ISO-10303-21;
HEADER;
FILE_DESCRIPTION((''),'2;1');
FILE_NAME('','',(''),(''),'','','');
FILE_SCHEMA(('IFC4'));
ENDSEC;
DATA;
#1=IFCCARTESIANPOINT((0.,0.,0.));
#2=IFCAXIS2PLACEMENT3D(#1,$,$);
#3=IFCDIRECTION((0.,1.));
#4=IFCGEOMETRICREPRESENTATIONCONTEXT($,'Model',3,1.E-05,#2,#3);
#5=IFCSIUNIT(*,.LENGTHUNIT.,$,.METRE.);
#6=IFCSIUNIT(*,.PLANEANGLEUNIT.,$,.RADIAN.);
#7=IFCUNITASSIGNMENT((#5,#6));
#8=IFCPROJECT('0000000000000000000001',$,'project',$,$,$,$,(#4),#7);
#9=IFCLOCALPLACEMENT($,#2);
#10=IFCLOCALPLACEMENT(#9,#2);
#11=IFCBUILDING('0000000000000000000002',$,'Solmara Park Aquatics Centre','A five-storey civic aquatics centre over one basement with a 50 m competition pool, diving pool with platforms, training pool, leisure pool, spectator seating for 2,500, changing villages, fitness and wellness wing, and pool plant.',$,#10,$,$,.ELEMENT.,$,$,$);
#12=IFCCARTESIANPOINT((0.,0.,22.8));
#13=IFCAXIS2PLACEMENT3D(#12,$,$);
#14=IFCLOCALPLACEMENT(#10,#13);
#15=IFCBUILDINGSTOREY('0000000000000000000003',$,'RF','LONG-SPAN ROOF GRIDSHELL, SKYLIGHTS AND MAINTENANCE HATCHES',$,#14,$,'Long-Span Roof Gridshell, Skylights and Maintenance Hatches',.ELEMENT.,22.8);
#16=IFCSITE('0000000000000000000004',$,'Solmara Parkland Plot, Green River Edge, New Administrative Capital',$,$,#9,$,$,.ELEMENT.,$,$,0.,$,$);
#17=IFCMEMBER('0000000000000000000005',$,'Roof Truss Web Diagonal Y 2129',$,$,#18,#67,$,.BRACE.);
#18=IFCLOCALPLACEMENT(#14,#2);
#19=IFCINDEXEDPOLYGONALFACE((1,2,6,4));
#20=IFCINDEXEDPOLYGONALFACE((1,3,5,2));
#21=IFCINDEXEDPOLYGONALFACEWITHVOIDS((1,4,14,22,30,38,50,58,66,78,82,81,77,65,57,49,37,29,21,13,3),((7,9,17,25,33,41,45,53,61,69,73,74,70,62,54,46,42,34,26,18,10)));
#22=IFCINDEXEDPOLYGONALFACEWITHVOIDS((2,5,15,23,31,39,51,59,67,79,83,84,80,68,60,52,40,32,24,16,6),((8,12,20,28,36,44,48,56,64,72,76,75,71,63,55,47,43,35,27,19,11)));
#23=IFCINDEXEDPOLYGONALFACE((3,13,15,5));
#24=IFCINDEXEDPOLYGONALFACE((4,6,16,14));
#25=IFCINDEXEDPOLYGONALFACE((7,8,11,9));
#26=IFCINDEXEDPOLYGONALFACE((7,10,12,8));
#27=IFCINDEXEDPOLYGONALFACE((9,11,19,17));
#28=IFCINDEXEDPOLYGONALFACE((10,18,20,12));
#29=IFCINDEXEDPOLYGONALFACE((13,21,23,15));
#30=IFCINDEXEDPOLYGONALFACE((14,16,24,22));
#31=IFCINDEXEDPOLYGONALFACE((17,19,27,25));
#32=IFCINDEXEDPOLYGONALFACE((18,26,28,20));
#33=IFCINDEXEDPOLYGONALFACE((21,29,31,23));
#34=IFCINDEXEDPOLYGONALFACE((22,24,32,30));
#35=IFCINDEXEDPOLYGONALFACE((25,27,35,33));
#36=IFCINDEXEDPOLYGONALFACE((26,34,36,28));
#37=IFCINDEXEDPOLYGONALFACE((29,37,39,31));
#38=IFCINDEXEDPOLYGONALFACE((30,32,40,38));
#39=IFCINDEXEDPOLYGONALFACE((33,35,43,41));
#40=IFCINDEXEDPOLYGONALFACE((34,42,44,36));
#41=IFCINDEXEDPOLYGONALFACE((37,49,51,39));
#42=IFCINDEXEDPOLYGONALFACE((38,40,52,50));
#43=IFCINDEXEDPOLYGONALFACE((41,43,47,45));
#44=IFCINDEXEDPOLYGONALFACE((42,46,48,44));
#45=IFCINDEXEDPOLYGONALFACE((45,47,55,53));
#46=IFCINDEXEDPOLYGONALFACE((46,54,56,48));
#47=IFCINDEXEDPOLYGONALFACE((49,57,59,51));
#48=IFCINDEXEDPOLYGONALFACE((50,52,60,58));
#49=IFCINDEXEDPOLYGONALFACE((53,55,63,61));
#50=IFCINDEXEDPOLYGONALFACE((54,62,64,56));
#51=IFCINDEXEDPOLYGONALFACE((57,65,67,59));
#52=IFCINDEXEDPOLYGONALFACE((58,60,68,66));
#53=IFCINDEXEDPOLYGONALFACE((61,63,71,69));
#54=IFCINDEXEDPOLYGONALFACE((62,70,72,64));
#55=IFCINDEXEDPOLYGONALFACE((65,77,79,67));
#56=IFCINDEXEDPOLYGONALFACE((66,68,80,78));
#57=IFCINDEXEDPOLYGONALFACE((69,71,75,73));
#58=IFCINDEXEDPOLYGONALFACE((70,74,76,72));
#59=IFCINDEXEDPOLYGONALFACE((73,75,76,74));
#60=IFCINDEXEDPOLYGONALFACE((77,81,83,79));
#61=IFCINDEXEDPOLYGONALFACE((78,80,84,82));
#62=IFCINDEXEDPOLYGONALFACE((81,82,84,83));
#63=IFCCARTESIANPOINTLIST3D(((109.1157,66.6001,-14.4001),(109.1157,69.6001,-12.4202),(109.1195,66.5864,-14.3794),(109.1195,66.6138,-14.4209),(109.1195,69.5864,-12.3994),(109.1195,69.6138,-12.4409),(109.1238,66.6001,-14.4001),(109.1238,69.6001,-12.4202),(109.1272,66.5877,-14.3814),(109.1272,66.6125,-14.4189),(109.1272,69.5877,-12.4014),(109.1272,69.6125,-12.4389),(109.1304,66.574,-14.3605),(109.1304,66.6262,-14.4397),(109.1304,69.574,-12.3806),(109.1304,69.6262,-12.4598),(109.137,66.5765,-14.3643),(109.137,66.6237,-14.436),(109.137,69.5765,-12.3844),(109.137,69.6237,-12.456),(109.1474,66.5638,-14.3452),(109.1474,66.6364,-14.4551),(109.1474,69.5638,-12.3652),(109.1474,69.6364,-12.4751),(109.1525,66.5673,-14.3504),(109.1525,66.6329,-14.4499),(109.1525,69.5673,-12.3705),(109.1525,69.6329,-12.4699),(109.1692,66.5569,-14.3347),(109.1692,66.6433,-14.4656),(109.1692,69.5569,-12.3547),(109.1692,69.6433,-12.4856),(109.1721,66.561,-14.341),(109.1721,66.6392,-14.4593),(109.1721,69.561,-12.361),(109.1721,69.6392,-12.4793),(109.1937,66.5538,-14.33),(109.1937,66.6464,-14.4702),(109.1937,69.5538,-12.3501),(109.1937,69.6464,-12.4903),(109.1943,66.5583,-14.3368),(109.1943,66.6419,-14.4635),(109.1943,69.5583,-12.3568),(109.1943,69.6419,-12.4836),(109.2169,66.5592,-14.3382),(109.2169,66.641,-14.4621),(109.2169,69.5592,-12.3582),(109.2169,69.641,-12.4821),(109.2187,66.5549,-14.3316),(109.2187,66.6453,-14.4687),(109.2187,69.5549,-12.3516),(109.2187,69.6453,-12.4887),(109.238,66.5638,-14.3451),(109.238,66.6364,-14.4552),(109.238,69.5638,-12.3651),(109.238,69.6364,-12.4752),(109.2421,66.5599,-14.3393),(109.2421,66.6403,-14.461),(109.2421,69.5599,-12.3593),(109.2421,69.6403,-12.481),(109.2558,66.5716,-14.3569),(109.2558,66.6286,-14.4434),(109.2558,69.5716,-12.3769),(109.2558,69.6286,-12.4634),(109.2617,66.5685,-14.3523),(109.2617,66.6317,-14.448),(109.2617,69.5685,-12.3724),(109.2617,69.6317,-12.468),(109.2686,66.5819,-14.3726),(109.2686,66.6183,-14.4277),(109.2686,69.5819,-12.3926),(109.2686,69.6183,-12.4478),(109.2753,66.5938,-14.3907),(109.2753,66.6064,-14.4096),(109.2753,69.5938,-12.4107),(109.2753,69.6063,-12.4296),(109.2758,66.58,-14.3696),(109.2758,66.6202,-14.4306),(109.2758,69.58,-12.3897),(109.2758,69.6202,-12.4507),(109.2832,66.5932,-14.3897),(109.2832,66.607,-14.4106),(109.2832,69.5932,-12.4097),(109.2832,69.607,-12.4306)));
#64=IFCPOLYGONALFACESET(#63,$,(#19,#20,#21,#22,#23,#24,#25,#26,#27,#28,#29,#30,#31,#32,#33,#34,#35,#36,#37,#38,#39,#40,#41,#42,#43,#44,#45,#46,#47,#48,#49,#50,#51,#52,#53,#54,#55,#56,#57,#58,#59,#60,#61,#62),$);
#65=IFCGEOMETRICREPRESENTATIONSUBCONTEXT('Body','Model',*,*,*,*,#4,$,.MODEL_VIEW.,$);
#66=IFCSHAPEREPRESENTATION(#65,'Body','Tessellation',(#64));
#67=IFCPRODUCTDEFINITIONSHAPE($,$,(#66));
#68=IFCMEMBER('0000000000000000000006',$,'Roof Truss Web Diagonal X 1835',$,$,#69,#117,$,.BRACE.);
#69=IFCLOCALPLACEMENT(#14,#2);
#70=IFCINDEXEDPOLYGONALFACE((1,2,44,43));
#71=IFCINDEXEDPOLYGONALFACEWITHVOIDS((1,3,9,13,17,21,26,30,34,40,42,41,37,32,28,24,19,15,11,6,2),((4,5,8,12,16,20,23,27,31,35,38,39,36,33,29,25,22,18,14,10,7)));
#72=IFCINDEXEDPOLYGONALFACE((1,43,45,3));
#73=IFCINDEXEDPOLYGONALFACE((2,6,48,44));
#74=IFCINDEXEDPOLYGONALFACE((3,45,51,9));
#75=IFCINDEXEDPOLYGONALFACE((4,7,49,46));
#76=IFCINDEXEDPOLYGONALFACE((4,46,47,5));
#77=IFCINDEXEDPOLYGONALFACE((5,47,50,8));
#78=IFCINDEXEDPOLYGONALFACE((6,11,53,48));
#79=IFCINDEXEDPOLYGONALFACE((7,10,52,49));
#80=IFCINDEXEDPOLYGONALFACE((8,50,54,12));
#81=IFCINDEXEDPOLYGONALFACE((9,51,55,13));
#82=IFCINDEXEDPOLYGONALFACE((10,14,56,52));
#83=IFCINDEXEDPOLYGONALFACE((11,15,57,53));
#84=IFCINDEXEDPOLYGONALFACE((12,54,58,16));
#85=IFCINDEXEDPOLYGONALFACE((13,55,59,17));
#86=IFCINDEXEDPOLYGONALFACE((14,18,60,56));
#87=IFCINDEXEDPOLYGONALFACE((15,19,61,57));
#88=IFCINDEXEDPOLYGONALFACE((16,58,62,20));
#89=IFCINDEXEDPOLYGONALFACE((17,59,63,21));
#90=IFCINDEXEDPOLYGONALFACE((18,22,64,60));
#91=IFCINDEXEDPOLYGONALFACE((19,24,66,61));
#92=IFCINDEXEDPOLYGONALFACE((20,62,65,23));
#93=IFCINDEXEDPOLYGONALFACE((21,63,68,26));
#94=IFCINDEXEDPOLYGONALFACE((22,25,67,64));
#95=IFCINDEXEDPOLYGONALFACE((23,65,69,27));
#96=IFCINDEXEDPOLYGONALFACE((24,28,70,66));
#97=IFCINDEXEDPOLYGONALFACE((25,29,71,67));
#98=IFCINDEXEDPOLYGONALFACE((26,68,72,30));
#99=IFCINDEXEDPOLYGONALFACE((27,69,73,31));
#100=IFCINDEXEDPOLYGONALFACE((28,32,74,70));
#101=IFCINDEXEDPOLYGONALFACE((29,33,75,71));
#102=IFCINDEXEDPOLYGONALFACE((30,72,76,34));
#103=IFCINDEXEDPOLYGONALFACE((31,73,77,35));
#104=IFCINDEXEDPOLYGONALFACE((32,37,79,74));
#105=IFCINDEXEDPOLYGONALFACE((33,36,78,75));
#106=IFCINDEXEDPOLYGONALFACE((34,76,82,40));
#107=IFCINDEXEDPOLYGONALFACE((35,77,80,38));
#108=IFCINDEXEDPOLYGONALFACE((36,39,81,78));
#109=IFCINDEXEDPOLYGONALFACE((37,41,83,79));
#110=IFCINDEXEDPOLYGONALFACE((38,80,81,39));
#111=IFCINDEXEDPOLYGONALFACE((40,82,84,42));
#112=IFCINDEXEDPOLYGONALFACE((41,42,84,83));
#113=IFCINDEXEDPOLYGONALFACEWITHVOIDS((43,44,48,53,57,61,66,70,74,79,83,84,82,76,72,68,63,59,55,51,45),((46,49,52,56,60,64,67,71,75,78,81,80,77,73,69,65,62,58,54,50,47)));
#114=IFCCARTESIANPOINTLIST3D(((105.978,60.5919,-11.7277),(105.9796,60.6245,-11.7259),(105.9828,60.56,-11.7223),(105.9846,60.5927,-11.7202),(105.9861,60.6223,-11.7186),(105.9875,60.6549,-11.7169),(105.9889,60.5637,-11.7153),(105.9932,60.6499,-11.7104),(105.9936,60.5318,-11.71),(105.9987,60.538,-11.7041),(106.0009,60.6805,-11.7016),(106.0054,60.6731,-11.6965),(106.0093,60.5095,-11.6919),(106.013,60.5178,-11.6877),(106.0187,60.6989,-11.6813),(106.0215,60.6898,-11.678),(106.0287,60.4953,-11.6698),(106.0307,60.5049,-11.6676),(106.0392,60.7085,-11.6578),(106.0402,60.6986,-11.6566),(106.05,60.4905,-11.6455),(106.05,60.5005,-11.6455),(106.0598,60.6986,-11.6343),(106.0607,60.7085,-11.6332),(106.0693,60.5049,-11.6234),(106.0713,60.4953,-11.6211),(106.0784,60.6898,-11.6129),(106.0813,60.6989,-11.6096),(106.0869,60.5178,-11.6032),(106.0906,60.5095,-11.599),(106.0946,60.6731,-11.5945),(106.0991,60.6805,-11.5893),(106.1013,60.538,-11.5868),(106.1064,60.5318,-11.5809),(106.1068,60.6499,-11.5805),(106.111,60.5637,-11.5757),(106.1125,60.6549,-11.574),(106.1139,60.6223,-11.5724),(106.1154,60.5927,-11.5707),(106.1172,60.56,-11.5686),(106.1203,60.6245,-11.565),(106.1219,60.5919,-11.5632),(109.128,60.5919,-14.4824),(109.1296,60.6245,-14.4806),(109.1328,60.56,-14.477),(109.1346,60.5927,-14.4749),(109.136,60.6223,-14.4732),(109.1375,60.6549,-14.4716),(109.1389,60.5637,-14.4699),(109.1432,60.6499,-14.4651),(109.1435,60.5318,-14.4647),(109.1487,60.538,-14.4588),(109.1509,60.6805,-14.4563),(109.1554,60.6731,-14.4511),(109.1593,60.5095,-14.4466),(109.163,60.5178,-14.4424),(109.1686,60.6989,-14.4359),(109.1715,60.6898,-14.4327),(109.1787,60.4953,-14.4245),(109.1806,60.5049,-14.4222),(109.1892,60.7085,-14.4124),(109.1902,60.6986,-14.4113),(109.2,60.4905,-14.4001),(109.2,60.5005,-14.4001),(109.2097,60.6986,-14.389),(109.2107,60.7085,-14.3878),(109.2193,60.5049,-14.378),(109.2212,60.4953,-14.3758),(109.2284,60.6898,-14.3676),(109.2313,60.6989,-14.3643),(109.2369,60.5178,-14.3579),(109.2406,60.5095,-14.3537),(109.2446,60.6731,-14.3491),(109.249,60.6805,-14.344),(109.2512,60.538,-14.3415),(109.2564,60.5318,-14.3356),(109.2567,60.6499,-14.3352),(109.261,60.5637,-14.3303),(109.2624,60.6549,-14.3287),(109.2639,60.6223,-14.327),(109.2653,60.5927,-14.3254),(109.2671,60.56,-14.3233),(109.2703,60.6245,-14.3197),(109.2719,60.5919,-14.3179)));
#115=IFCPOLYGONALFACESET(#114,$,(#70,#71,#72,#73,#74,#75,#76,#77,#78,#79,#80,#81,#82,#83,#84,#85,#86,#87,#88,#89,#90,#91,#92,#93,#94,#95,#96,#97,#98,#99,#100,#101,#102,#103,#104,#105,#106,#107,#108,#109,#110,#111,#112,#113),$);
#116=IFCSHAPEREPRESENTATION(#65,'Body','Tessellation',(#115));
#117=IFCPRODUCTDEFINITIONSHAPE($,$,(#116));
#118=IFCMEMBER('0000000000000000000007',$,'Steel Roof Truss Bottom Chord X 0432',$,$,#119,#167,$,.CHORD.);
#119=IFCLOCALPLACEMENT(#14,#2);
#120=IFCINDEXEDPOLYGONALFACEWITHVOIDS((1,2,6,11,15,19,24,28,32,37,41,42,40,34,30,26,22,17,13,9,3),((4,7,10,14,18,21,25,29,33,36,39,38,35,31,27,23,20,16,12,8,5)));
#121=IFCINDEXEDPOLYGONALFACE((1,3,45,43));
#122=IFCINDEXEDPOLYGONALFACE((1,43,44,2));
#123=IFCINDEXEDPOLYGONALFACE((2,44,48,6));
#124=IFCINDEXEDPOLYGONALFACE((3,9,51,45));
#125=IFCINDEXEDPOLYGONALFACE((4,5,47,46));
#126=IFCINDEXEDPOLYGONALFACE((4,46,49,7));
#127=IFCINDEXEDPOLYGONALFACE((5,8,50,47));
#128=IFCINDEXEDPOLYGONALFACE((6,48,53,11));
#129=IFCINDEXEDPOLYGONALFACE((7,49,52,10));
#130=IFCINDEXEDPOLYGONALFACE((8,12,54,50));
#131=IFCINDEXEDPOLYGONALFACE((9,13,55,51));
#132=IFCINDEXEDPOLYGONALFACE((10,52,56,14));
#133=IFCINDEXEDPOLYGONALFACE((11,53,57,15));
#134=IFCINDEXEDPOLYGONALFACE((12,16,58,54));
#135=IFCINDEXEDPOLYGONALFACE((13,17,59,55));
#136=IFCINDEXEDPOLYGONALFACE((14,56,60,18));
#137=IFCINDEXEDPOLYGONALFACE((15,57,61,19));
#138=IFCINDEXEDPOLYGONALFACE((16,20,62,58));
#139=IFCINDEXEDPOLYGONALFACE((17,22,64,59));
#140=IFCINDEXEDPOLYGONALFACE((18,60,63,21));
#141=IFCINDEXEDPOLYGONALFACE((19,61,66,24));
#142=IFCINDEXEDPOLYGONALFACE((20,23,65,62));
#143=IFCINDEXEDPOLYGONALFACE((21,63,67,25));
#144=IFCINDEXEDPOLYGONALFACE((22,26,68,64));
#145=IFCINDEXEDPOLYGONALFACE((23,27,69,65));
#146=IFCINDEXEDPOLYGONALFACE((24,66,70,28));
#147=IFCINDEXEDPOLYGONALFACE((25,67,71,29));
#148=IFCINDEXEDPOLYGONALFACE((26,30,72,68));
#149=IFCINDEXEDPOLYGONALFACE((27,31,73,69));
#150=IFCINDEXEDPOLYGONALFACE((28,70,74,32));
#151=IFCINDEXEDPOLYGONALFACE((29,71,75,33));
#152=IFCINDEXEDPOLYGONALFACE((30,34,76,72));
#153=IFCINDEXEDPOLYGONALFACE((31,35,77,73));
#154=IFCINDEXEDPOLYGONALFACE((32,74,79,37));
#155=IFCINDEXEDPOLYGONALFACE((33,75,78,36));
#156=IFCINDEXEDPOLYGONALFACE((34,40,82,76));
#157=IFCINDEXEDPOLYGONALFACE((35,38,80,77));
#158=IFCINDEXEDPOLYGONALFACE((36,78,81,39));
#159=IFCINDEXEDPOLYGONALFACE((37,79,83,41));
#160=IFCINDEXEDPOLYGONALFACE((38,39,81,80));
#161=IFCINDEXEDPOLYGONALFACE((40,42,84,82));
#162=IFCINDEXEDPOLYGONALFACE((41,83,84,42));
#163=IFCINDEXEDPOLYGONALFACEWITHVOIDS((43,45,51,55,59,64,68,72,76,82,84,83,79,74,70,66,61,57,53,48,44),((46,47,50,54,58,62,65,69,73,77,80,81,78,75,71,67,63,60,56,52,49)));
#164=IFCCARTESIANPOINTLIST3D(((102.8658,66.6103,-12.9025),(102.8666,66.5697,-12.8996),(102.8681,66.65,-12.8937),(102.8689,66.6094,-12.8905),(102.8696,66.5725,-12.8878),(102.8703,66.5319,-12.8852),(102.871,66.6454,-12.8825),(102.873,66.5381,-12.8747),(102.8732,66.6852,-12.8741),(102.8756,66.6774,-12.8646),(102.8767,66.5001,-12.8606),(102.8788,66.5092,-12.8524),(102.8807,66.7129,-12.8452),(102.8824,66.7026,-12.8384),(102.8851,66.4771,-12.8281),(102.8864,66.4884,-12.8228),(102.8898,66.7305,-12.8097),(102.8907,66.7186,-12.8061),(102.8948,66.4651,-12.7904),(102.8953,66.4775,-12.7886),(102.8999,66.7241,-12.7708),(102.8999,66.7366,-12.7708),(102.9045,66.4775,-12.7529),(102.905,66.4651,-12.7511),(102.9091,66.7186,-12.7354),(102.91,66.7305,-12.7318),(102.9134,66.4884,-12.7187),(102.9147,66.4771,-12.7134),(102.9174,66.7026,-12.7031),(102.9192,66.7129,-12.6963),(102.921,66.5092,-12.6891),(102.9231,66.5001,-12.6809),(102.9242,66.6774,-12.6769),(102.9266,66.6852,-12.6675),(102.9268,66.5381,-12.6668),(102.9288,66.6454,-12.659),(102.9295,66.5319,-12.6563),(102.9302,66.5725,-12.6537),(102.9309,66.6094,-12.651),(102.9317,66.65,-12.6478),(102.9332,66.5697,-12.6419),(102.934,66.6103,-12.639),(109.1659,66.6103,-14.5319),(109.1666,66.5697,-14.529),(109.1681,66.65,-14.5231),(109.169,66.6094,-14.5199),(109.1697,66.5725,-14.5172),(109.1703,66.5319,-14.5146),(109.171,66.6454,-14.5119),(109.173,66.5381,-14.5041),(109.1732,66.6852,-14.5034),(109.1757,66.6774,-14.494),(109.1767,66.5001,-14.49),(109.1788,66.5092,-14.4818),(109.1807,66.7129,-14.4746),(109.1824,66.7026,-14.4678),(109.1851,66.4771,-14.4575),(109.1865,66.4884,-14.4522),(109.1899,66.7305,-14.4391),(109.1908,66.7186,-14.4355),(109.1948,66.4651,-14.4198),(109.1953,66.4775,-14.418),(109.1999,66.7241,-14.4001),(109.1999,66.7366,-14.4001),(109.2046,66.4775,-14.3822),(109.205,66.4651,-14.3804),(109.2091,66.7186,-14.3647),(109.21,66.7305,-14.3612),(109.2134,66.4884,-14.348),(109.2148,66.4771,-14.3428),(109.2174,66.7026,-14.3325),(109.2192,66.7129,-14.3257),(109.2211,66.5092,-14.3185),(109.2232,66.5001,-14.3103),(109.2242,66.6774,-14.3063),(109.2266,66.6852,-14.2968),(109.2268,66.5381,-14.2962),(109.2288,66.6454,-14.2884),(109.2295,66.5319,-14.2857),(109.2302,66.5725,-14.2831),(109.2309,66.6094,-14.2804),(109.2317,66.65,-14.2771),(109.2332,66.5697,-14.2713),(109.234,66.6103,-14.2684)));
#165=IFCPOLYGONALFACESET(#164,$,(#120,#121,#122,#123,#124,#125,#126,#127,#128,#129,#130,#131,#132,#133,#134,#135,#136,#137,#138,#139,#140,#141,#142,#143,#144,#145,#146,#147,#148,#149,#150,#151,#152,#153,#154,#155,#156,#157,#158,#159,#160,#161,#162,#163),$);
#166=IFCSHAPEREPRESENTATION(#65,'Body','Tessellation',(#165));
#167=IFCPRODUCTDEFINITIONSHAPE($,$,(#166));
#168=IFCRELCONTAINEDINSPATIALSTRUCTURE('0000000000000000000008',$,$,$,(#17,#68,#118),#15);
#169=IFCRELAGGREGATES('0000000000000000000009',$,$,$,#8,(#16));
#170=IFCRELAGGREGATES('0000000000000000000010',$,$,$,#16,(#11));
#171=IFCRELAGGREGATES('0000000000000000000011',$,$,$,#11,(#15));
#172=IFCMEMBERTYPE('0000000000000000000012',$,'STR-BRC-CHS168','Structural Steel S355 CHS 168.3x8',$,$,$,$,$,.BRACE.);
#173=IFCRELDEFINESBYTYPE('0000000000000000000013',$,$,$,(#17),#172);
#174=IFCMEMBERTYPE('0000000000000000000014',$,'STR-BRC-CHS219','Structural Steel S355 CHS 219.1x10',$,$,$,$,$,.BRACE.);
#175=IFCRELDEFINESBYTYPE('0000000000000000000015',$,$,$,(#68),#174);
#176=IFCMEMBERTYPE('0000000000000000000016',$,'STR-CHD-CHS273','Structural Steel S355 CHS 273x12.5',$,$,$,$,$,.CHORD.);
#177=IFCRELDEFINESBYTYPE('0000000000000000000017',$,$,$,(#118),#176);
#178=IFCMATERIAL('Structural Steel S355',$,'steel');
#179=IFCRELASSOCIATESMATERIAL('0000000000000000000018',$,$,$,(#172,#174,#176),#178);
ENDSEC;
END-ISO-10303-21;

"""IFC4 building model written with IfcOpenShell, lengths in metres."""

from ifc_helpers import new_model, si_unit, direction, frame, origin, origin_2d, place, context, subcontext, project, spatial, hollow_circle, extrude, material, material_profile, profile_set, type_object, element, save


model = new_model("IFC4")

# Units and contexts
model_context = context("Model", 3, precision=1e-05, world=origin(), true_north=direction((0.0, 1.0)))
body_context = subcontext(model_context, "Body", "Model", "MODEL_VIEW")
ifc_project = project(units=[si_unit("LENGTHUNIT", "METRE"), si_unit("PLANEANGLEUNIT", "RADIAN")], contexts=[model_context])

# Site, building, storey
site_placement = place(None, origin())
site = spatial("IfcSite", under=ifc_project, at=site_placement, Name="Solmara Parkland Plot, Green River Edge, New Administrative Capital", CompositionType="ELEMENT", RefElevation=0.0)
building_placement = place(site_placement, origin())
building = spatial("IfcBuilding", under=site, at=building_placement, Name="Solmara Park Aquatics Centre", Description="A five-storey civic aquatics centre over one basement with a 50 m competition pool, diving pool with platforms, training pool, leisure pool, spectator seating for 2,500, changing villages, fitness and wellness wing, and pool plant.", CompositionType="ELEMENT")
storey_placement = place(building_placement, frame((0.0, 0.0, 22.8)))
storey = spatial("IfcBuildingStorey", under=building, at=storey_placement, Name="RF", Description="LONG-SPAN ROOF GRIDSHELL, SKYLIGHTS AND MAINTENANCE HATCHES", LongName="Long-Span Roof Gridshell, Skylights and Maintenance Hatches", CompositionType="ELEMENT", Elevation=22.8)

# Members
ifc_material_1 = material(Name="Structural Steel S355", Category="steel")
ifc_material_profile_1 = material_profile(ifc_material_1, hollow_circle(Radius=0.0842, WallThickness=0.0081, at=origin_2d()), Name="CHS 168.3x8")
ifc_profile_set_1 = profile_set([ifc_material_profile_1], Name="Structural Steel S355")
member_type_1 = type_object("IfcMemberType", Name="STR-BRC-CHS168", Description="Structural Steel S355 CHS 168.3x8", PredefinedType="BRACE", material=ifc_profile_set_1)
for number, where, z_axis, x_axis, name in (
    (1, (109.2, 66.6001, -14.4001), (0.0, 0.834612, 0.550838), (-1.0, 0.0, 0.0), "Roof Truss Web Diagonal Y 2129"),
):
    element("IfcMember", number, at=place(storey_placement, frame(where, z_axis=z_axis, x_axis=x_axis)), inside=storey, type_object=member_type_1, Name=name, PredefinedType="BRACE", context=body_context, shape_type="SweptSolid", body=[
        extrude(hollow_circle(Radius=0.0842, WallThickness=0.0081, at=origin_2d()), origin(), (0.0, 0.0, 1.0), 3.5945),
    ])
ifc_material_profile_2 = material_profile(ifc_material_1, hollow_circle(Radius=0.1096, WallThickness=0.01, at=origin_2d()), Name="CHS 219.1x10")
ifc_profile_set_2 = profile_set([ifc_material_profile_2], Name="Structural Steel S355")
member_type_2 = type_object("IfcMemberType", Name="STR-BRC-CHS219", Description="Structural Steel S355 CHS 219.1x10", PredefinedType="BRACE", material=ifc_profile_set_2)
member_1_placement = place(storey_placement, frame((109.2, 60.6001, -14.4001), z_axis=(-0.752757, 0.0, 0.658298), x_axis=(0.0, -1.0, 0.0)))
element("IfcMember", 2, at=member_1_placement, inside=storey, type_object=member_type_2, Name="Roof Truss Web Diagonal X 1835", PredefinedType="BRACE", context=body_context, shape_type="SweptSolid", body=[
    extrude(hollow_circle(Radius=0.1096, WallThickness=0.01, at=origin_2d()), origin(), (0.0, 0.0, 1.0), 4.1846),
])
ifc_material_profile_3 = material_profile(ifc_material_1, hollow_circle(Radius=0.1365, WallThickness=0.0125, at=origin_2d()), Name="CHS 273x12.5")
ifc_profile_set_3 = profile_set([ifc_material_profile_3], Name="Structural Steel S355")
member_type_3 = type_object("IfcMemberType", Name="STR-CHD-CHS273", Description="Structural Steel S355 CHS 273x12.5", PredefinedType="CHORD", material=ifc_profile_set_3)
member_2_placement = place(storey_placement, frame((102.8999, 66.6001, -12.7708), z_axis=(0.968144, 0.0, -0.250393), x_axis=(0.0, 1.0, 0.0)))
element("IfcMember", 3, at=member_2_placement, inside=storey, type_object=member_type_3, Name="Steel Roof Truss Bottom Chord X 0432", PredefinedType="CHORD", context=body_context, shape_type="SweptSolid", body=[
    extrude(hollow_circle(Radius=0.1365, WallThickness=0.0125, at=origin_2d()), origin(), (0.0, 0.0, 1.0), 6.5073),
])

save(model, "model.ifc")
